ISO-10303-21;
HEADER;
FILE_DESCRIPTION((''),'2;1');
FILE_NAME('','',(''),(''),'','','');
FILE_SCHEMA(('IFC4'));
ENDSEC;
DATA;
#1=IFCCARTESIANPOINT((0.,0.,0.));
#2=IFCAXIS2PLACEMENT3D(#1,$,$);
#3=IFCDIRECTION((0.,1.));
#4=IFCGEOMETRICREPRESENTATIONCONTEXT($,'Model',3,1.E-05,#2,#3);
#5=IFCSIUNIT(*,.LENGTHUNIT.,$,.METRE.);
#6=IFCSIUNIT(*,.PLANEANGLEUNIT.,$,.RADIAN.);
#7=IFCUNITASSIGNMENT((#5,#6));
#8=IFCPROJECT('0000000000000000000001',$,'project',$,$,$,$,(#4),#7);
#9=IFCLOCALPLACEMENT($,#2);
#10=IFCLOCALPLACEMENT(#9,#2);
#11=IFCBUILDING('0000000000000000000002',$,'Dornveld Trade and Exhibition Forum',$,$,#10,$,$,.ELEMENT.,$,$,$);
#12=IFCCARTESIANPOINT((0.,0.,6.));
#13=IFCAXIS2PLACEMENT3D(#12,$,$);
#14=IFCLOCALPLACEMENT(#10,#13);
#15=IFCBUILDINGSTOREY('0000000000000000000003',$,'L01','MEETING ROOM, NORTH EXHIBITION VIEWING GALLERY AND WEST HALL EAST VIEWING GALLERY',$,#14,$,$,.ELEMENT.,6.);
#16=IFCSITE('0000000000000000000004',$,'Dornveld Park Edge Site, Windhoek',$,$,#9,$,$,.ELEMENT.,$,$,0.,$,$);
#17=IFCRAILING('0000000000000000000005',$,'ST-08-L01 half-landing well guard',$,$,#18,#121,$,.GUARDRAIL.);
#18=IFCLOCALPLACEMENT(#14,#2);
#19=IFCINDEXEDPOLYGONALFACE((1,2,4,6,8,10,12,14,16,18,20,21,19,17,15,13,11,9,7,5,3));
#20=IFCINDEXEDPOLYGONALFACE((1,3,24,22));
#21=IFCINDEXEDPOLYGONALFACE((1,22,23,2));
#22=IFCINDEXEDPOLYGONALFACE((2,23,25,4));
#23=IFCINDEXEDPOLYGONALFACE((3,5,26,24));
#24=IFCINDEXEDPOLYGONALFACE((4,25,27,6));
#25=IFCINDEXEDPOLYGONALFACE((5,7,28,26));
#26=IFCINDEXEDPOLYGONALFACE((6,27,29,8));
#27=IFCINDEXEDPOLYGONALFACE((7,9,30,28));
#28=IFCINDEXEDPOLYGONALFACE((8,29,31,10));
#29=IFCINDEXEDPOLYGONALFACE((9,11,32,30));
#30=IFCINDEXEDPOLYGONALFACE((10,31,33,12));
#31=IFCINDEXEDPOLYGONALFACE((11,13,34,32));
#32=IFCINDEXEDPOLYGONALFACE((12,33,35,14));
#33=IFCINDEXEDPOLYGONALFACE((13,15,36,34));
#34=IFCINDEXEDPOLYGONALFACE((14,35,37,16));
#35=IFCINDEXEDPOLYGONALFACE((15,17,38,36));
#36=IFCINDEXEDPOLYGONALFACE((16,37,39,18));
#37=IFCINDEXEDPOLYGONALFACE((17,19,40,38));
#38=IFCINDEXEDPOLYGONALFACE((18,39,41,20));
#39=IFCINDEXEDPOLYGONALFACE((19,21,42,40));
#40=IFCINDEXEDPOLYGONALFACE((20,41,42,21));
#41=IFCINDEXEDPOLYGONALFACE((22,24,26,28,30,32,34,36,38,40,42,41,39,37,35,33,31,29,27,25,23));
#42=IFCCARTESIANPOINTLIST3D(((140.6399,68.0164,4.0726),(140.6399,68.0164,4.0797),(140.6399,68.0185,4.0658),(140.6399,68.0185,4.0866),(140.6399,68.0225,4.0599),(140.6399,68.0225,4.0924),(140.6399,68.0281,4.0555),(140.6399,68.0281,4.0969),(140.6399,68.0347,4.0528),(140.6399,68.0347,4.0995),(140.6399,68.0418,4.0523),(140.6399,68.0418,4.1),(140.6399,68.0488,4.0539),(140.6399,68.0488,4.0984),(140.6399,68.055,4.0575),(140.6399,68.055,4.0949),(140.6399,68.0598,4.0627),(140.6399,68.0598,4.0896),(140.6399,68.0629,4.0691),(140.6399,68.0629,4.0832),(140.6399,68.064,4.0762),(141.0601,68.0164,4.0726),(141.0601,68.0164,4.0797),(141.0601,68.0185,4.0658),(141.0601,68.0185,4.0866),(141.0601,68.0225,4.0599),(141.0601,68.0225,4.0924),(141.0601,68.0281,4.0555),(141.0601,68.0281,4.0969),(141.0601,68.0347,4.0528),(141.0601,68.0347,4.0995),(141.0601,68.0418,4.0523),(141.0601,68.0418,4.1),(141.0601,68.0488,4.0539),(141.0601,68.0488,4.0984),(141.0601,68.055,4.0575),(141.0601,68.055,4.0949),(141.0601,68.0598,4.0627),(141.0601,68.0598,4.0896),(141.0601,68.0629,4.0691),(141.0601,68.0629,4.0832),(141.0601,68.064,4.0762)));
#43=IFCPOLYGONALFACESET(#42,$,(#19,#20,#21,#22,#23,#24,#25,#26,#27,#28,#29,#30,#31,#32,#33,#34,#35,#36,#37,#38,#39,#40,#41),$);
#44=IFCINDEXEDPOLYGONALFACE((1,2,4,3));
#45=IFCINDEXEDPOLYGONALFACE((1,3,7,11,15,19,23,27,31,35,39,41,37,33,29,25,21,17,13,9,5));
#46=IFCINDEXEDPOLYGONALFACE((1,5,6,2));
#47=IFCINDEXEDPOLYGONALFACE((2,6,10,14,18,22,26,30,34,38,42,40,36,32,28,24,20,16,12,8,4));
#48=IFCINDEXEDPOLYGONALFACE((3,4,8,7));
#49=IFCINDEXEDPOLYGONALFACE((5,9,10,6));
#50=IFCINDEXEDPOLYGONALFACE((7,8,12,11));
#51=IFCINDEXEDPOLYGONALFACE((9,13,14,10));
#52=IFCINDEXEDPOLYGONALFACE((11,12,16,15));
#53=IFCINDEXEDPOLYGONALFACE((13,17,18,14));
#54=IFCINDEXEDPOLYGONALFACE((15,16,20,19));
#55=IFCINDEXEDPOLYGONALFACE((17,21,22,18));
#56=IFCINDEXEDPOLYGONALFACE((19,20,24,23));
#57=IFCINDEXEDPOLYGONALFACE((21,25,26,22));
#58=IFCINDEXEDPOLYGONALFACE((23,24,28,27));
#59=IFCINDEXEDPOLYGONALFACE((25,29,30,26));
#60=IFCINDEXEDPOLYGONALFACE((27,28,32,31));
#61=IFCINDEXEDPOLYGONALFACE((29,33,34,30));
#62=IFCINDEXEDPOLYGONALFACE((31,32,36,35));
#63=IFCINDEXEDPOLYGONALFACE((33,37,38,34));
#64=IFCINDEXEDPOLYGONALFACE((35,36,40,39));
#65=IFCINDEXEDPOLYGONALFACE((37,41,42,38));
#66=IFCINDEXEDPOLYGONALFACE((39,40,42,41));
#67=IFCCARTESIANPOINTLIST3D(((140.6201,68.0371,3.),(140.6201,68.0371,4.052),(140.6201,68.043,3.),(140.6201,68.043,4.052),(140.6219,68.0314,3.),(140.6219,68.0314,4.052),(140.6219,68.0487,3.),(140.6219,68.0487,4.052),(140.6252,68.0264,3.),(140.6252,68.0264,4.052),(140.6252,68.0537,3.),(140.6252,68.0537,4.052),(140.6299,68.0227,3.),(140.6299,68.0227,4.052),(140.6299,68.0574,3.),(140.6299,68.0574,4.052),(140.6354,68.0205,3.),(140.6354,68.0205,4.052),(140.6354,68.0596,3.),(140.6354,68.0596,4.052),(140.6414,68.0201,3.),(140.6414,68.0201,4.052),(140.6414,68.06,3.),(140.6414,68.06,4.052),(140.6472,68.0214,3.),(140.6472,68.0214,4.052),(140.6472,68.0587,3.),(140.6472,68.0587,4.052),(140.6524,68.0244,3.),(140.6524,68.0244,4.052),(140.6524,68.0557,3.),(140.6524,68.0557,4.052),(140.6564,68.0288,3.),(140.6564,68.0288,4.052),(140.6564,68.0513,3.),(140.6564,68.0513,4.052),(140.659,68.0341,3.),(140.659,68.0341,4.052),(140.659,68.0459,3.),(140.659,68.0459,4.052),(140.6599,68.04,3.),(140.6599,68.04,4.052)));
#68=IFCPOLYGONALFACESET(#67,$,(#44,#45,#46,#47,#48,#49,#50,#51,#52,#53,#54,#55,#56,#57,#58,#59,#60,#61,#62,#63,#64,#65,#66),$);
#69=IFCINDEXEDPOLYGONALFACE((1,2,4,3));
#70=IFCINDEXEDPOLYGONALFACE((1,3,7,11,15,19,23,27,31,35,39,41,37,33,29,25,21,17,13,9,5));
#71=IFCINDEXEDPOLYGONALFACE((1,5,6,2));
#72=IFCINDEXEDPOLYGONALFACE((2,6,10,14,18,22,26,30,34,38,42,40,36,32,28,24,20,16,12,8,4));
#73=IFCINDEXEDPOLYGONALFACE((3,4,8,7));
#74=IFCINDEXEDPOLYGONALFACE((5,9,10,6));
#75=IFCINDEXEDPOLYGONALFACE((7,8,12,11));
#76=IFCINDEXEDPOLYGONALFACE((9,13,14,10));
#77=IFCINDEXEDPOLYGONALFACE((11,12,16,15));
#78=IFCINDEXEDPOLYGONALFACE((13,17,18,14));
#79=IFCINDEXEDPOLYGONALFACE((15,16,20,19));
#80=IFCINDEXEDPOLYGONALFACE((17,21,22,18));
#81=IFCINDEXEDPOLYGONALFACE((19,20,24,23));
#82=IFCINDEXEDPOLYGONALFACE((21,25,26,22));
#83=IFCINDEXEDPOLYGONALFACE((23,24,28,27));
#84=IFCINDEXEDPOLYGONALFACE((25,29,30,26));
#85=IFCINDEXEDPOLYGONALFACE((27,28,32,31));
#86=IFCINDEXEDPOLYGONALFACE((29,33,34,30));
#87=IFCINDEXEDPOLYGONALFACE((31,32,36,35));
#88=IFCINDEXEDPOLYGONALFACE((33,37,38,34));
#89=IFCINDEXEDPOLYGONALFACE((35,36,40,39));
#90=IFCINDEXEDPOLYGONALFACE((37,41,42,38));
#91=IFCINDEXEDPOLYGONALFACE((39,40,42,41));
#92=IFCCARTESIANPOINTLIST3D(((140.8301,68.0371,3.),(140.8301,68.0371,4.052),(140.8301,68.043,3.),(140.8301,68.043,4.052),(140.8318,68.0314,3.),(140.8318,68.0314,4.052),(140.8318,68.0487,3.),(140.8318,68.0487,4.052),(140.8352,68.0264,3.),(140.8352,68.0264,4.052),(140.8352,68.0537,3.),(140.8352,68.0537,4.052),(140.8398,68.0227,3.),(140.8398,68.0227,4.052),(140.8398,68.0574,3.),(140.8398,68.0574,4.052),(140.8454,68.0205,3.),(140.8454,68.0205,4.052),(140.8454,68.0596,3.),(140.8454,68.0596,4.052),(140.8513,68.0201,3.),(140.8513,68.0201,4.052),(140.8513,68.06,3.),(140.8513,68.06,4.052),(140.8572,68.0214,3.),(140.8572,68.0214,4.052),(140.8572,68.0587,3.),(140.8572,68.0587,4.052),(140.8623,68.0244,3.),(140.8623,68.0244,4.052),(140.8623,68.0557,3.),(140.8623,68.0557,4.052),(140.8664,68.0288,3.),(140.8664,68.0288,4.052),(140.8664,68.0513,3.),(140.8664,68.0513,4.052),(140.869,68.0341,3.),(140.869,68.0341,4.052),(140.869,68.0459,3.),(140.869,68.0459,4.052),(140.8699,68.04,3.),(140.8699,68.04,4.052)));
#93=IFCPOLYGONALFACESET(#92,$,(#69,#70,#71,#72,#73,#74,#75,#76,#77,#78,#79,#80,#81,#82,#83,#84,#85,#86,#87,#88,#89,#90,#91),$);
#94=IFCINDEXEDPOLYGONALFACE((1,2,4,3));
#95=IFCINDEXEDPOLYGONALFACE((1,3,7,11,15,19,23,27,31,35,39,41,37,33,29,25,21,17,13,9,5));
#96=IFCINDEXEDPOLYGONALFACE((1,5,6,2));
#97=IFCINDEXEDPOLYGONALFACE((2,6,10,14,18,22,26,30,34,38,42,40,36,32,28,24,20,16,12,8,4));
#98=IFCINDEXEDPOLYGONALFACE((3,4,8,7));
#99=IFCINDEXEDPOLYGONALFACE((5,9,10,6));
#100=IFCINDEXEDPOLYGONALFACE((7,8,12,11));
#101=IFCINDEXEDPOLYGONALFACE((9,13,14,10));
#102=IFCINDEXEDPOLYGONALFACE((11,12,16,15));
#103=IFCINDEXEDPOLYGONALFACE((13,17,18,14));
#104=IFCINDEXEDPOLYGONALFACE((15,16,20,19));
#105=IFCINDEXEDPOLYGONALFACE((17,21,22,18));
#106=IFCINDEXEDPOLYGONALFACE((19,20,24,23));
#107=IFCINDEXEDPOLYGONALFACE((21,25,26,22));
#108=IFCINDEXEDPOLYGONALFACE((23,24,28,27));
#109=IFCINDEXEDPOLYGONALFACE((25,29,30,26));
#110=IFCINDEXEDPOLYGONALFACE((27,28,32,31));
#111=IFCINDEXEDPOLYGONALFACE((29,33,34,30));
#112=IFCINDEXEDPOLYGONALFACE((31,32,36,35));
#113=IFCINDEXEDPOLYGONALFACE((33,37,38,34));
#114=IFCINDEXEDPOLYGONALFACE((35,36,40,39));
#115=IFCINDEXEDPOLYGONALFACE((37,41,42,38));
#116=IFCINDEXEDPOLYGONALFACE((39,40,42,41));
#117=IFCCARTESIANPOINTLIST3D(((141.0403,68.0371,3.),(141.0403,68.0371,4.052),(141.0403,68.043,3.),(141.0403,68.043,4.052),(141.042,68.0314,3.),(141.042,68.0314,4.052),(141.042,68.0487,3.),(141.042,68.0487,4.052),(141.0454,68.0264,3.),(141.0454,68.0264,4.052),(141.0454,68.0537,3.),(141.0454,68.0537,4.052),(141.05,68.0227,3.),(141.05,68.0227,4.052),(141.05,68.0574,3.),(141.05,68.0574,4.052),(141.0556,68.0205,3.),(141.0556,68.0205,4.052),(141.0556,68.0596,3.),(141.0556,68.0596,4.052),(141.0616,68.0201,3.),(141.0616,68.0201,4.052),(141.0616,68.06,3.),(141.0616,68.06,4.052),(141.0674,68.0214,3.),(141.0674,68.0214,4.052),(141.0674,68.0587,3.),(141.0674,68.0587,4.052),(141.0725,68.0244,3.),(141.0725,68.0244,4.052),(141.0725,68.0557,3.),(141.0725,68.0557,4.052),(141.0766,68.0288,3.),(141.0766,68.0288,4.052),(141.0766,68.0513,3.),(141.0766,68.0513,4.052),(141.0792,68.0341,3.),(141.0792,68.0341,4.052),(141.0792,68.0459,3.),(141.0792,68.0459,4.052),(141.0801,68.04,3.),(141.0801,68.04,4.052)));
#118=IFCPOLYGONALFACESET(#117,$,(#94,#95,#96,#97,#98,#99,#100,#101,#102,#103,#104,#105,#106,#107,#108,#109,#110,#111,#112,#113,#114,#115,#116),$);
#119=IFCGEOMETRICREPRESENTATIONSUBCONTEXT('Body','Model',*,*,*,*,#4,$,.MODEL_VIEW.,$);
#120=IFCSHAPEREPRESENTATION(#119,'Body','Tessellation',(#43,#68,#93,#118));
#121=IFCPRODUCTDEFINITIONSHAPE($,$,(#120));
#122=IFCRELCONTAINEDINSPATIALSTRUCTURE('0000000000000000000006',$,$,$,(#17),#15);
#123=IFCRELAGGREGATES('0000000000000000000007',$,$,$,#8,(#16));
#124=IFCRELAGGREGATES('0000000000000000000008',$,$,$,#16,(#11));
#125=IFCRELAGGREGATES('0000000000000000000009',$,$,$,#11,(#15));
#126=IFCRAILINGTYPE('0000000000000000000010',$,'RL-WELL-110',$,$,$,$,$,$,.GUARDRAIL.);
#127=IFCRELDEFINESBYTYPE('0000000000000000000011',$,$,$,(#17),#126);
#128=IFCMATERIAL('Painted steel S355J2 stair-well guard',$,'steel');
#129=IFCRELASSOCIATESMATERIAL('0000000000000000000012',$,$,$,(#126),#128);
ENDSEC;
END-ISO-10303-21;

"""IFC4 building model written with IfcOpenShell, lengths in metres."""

from ifc_helpers import new_model, si_unit, direction, frame, origin, origin_2d, place, context, subcontext, project, spatial, circle, extrude, material, type_object, element, save


model = new_model("IFC4")

# Units and contexts
model_context = context("Model", 3, precision=1e-05, world=origin(), true_north=direction((0.0, 1.0)))
body_context = subcontext(model_context, "Body", "Model", "MODEL_VIEW")
ifc_project = project(units=[si_unit("LENGTHUNIT", "METRE"), si_unit("PLANEANGLEUNIT", "RADIAN")], contexts=[model_context])

# Site, building, storey
site_placement = place(None, origin())
site = spatial("IfcSite", under=ifc_project, at=site_placement, Name="Dornveld Park Edge Site, Windhoek", CompositionType="ELEMENT", RefElevation=0.0)
building_placement = place(site_placement, origin())
building = spatial("IfcBuilding", under=site, at=building_placement, Name="Dornveld Trade and Exhibition Forum", CompositionType="ELEMENT")
storey_placement = place(building_placement, frame((0.0, 0.0, 6.0)))
storey = spatial("IfcBuildingStorey", under=building, at=storey_placement, Name="L01", Description="MEETING ROOM, NORTH EXHIBITION VIEWING GALLERY AND WEST HALL EAST VIEWING GALLERY", CompositionType="ELEMENT", Elevation=6.0)

# Railing
ifc_material_1 = material(Name="Painted steel S355J2 stair-well guard", Category="steel")
railing_type_1 = type_object("IfcRailingType", Name="RL-WELL-110", PredefinedType="GUARDRAIL", material=ifc_material_1)
railing_1_placement = place(storey_placement, frame((140.6399, 68.04, 3.0)))
element("IfcRailing", 1, at=railing_1_placement, inside=storey, type_object=railing_type_1, Name="ST-08-L01 half-landing well guard", PredefinedType="GUARDRAIL", context=body_context, shape_type="SweptSolid", body=[
    extrude(circle(Radius=0.0239, at=origin_2d()), frame((0.0, 0.0, 1.0762), z_axis=(1.0, 0.0, 0.0), x_axis=(0.0, 1.0, 0.0)), (0.0, 0.0, 1.0), 0.4202),
    extrude(circle(Radius=0.02, at=origin_2d()), origin(), (0.0, 0.0, 1.0), 1.052),
    extrude(circle(Radius=0.02, at=origin_2d()), frame((0.21, 0.0, 0.0)), (0.0, 0.0, 1.0), 1.052),
    extrude(circle(Radius=0.02, at=origin_2d()), frame((0.4202, 0.0, 0.0)), (0.0, 0.0, 1.0), 1.052),
])

save(model, "model.ifc")
